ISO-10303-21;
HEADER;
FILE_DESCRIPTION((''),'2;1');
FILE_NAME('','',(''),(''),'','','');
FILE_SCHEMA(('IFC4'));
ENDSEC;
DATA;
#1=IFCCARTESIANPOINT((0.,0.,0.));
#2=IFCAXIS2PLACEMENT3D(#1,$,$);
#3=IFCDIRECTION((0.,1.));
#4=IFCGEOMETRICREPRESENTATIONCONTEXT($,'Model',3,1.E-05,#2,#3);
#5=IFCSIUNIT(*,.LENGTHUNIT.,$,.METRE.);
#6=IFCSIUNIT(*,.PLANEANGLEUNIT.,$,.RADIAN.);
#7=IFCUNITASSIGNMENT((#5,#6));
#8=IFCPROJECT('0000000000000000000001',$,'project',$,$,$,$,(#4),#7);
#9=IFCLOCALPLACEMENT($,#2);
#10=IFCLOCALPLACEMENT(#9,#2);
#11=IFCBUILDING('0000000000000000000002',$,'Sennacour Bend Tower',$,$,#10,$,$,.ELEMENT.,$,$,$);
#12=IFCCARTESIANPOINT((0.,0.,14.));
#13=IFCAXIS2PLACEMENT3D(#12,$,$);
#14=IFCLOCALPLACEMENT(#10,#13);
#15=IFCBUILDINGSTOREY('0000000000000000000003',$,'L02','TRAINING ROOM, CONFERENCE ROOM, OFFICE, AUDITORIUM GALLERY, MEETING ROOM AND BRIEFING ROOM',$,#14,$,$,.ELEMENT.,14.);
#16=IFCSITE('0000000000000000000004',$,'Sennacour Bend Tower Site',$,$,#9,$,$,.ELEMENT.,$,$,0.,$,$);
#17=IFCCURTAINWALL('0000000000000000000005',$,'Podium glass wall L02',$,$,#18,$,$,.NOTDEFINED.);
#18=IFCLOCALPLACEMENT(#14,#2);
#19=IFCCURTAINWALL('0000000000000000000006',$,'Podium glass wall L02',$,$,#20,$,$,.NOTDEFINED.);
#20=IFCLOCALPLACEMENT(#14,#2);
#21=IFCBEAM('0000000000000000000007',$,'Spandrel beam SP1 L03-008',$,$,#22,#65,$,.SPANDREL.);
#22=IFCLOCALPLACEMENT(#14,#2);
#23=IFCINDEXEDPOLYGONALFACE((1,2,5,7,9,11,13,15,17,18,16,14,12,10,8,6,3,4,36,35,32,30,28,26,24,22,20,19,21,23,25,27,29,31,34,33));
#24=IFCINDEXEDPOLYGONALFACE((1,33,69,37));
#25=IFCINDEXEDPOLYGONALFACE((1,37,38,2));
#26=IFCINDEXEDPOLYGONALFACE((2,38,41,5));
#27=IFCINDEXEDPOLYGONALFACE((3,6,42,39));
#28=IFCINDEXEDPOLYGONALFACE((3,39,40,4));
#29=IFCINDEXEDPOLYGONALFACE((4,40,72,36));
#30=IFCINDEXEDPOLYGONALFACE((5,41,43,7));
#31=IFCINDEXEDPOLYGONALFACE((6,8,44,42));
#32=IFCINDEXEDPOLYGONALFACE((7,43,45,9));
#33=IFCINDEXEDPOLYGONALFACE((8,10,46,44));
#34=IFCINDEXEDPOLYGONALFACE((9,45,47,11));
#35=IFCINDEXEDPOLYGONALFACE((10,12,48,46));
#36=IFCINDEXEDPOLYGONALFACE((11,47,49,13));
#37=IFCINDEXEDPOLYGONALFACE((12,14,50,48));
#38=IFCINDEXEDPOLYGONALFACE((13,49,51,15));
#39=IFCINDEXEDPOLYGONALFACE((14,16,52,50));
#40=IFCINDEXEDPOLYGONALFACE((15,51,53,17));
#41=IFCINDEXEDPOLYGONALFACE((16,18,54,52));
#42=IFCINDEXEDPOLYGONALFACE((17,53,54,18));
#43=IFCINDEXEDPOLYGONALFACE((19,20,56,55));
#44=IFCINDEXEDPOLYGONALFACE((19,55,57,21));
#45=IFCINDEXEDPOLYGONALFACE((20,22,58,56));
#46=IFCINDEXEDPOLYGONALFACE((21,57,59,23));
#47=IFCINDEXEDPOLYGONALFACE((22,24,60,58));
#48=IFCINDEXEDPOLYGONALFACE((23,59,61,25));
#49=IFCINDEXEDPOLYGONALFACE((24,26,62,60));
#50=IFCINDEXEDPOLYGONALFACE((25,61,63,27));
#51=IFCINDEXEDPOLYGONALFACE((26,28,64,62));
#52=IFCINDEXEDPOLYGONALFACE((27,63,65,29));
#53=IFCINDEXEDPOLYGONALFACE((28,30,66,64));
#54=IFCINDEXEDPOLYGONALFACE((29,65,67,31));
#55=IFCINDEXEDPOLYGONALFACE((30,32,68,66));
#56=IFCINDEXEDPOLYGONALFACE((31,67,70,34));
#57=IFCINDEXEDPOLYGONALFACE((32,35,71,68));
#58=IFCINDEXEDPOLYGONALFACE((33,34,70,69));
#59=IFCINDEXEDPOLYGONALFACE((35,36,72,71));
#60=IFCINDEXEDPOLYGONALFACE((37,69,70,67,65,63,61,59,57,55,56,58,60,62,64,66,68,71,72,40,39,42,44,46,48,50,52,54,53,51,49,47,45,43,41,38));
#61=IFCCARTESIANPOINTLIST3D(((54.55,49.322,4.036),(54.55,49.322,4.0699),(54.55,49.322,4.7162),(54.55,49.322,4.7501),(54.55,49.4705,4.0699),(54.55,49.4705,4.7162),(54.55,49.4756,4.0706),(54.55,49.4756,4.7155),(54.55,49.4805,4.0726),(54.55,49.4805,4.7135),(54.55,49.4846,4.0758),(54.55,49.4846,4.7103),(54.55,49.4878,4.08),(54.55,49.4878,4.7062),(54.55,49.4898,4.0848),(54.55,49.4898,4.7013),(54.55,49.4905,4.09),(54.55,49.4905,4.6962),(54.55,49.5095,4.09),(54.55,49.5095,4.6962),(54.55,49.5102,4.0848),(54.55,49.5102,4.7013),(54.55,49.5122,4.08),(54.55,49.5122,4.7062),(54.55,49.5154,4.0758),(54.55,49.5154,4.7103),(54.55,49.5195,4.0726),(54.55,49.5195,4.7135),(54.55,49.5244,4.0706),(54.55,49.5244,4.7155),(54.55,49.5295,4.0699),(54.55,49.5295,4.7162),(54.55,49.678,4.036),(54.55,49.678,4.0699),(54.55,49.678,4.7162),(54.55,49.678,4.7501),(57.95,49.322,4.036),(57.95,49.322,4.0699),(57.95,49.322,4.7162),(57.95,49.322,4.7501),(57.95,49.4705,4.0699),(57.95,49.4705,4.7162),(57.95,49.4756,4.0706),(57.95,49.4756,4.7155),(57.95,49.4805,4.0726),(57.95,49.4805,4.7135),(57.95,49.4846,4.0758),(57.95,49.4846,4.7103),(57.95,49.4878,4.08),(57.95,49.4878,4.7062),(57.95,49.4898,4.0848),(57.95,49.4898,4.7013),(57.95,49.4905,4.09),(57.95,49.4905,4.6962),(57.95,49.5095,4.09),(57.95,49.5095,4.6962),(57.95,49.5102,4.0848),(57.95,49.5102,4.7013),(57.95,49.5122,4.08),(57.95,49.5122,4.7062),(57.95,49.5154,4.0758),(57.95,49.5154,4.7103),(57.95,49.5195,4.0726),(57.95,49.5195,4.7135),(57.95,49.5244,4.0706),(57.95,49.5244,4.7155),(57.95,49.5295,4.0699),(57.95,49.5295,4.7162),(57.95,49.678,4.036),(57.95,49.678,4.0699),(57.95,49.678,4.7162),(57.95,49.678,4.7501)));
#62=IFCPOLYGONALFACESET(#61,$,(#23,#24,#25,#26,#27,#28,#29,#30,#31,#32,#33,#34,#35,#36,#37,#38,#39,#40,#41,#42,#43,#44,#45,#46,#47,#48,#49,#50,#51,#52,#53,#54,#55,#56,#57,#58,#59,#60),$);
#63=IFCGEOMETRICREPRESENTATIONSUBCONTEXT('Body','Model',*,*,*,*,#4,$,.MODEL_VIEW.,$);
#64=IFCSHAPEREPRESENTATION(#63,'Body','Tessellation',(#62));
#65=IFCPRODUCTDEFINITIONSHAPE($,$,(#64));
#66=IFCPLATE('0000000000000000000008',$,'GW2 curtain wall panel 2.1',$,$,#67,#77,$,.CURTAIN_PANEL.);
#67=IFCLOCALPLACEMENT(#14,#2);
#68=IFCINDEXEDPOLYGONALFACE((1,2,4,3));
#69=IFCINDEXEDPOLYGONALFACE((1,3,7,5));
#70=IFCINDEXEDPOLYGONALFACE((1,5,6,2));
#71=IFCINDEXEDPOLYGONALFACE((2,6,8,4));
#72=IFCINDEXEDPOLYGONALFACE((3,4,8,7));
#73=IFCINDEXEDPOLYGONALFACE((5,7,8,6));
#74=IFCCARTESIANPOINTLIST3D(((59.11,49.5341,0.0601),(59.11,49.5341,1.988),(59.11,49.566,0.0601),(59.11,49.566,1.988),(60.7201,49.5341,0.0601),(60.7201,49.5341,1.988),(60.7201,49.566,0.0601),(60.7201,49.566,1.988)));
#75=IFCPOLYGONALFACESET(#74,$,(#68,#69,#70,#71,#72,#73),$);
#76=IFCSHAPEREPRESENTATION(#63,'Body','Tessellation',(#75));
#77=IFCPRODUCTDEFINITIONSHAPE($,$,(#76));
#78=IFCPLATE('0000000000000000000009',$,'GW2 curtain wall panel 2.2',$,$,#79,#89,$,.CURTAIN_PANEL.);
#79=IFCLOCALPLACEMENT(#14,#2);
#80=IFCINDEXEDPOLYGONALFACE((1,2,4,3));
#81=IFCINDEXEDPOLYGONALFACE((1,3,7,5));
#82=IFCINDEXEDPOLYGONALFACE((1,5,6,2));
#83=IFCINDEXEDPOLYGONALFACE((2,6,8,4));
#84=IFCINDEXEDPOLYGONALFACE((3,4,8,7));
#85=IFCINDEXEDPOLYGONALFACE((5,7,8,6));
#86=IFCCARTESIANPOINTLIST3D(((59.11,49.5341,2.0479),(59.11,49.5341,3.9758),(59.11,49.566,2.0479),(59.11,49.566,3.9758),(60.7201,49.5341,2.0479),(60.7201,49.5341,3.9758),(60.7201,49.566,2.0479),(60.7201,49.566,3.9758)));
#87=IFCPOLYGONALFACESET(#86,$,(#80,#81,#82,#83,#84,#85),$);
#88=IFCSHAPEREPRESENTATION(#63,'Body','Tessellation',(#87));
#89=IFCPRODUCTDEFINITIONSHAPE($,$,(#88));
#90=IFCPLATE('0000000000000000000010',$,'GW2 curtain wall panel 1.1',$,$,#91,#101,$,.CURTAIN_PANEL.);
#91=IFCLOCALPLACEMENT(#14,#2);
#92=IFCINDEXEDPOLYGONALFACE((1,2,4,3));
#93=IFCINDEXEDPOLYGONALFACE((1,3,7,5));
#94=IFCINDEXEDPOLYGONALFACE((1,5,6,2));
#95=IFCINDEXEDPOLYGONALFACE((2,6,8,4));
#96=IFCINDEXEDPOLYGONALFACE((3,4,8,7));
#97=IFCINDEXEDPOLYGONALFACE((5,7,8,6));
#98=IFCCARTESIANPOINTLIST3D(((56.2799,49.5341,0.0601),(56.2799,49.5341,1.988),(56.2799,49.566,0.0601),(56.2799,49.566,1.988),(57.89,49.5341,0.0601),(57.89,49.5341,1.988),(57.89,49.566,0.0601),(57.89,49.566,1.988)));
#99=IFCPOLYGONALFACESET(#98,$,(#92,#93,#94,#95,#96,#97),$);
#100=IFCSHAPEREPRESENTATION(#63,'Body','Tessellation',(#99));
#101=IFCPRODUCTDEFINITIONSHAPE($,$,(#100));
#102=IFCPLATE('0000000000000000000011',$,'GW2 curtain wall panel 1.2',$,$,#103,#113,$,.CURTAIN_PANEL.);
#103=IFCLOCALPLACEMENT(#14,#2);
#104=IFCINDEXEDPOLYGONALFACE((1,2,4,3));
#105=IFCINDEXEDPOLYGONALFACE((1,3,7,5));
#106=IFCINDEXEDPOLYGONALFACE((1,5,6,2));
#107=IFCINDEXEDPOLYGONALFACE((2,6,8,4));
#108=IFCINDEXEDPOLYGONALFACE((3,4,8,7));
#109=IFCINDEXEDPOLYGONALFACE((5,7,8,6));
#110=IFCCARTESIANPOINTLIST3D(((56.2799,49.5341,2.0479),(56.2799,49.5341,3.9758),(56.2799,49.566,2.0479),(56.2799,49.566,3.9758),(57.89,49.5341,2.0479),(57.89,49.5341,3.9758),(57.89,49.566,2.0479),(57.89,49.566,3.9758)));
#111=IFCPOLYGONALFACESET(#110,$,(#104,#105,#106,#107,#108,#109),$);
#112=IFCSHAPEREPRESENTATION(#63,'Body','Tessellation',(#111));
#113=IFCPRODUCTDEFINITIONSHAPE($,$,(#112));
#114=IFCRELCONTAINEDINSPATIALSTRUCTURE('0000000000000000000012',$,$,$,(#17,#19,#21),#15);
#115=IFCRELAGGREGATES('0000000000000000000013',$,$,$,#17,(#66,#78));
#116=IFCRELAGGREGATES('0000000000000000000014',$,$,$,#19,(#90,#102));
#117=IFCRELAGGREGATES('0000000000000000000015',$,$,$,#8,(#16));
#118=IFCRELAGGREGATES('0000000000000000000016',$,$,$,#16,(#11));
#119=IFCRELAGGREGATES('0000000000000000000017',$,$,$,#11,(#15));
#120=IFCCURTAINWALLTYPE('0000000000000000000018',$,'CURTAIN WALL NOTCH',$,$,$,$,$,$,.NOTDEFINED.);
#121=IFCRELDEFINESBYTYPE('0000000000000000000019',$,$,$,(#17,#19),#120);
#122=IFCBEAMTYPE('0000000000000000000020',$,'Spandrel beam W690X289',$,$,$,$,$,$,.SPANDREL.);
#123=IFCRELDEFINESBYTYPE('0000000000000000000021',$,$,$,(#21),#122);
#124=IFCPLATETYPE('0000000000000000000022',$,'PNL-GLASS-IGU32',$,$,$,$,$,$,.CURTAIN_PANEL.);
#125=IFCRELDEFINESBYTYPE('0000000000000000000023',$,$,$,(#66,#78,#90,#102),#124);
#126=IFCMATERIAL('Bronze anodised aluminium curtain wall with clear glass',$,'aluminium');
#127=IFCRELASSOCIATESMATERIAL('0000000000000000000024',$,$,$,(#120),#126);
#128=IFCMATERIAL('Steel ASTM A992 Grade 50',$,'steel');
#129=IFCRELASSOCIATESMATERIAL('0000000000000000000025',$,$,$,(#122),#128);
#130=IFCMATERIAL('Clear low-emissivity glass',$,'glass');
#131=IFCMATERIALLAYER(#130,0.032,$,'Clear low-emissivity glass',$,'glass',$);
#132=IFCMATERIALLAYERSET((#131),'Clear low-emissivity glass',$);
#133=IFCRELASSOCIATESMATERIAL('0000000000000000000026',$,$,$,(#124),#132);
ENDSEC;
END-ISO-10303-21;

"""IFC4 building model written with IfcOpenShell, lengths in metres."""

from ifc_helpers import new_model, si_unit, direction, frame, origin, origin_2d, place, context, subcontext, project, spatial, rectangle, i_section, extrude, material, layer, layer_set, material_profile, profile_set, type_object, element, aggregate, save


model = new_model("IFC4")

# Units and contexts
model_context = context("Model", 3, precision=1e-05, world=origin(), true_north=direction((0.0, 1.0)))
body_context = subcontext(model_context, "Body", "Model", "MODEL_VIEW")
ifc_project = project(units=[si_unit("LENGTHUNIT", "METRE"), si_unit("PLANEANGLEUNIT", "RADIAN")], contexts=[model_context])

# Site, building, storey
site_placement = place(None, origin())
site = spatial("IfcSite", under=ifc_project, at=site_placement, Name="Sennacour Bend Tower Site", CompositionType="ELEMENT", RefElevation=0.0)
building_placement = place(site_placement, origin())
building = spatial("IfcBuilding", under=site, at=building_placement, Name="Sennacour Bend Tower", CompositionType="ELEMENT")
storey_placement = place(building_placement, frame((0.0, 0.0, 14.0)))
storey = spatial("IfcBuildingStorey", under=building, at=storey_placement, Name="L02", Description="TRAINING ROOM, CONFERENCE ROOM, OFFICE, AUDITORIUM GALLERY, MEETING ROOM AND BRIEFING ROOM", CompositionType="ELEMENT", Elevation=14.0)

# Curtain wall
ifc_material_1 = material(Name="Bronze anodised aluminium curtain wall with clear glass", Category="aluminium")
curtain_wall_type = type_object("IfcCurtainWallType", Name="CURTAIN WALL NOTCH", PredefinedType="NOTDEFINED", material=ifc_material_1)
curtain_wall_1_placement = place(storey_placement, origin())
curtain_wall_1 = element("IfcCurtainWall", 1, at=curtain_wall_1_placement, inside=storey, type_object=curtain_wall_type, Name="Podium glass wall L02", PredefinedType="NOTDEFINED")

# Curtain wall
curtain_wall_2_placement = place(storey_placement, origin())
curtain_wall_2 = element("IfcCurtainWall", 2, at=curtain_wall_2_placement, inside=storey, type_object=curtain_wall_type, Name="Podium glass wall L02", PredefinedType="NOTDEFINED")

# Beam
ifc_material_2 = material(Name="Steel ASTM A992 Grade 50", Category="steel")
ifc_material_profile_1 = material_profile(ifc_material_2, i_section(OverallWidth=0.356, OverallDepth=0.7141, WebThickness=0.019, FlangeThickness=0.0339, FilletRadius=0.02, at=origin_2d()), Name="Steel ASTM A992 Grade 50", Category="steel")
ifc_profile_set_1 = profile_set([ifc_material_profile_1], Name="Steel ASTM A992 Grade 50")
beam_type = type_object("IfcBeamType", Name="Spandrel beam W690X289", PredefinedType="SPANDREL", material=ifc_profile_set_1)
beam_placement = place(storey_placement, frame((57.95, 49.5, 4.3931), z_axis=(-1.0, 0.0, 0.0), x_axis=(0.0, -1.0, 0.0)))
element("IfcBeam", 3, at=beam_placement, inside=storey, type_object=beam_type, Name="Spandrel beam SP1 L03-008", PredefinedType="SPANDREL", context=body_context, shape_type="SweptSolid", body=[
    extrude(i_section(OverallWidth=0.356, OverallDepth=0.7141, WebThickness=0.019, FlangeThickness=0.0339, FilletRadius=0.02, at=origin_2d()), origin(), (0.0, 0.0, 1.0), 3.3999),
])

# Plates
ifc_material_3 = material(Name="Clear low-emissivity glass", Category="glass")
ifc_layer = layer(ifc_material_3, 0.032, Name="Clear low-emissivity glass", Category="glass")
ifc_layer_set = layer_set([ifc_layer], Name="Clear low-emissivity glass")
plate_type = type_object("IfcPlateType", Name="PNL-GLASS-IGU32", PredefinedType="CURTAIN_PANEL", material=ifc_layer_set)
plate_1_placement = place(storey_placement, frame((59.915, 49.55, 0.0601), z_axis=(0.0, 0.0, 1.0), x_axis=(-1.0, 0.0, 0.0)))
plate_1 = element("IfcPlate", 4, at=plate_1_placement, type_object=plate_type, Name="GW2 curtain wall panel 2.1", PredefinedType="CURTAIN_PANEL", context=body_context, shape_type="SweptSolid", body=[
    extrude(rectangle(XDim=1.6101, YDim=0.032, at=origin_2d()), origin(), (0.0, 0.0, 1.0), 1.928),
])
plate_2_placement = place(storey_placement, frame((59.915, 49.55, 2.0479), z_axis=(0.0, 0.0, 1.0), x_axis=(-1.0, 0.0, 0.0)))
plate_2 = element("IfcPlate", 5, at=plate_2_placement, type_object=plate_type, Name="GW2 curtain wall panel 2.2", PredefinedType="CURTAIN_PANEL", context=body_context, shape_type="SweptSolid", body=[
    extrude(rectangle(XDim=1.6101, YDim=0.032, at=origin_2d()), origin(), (0.0, 0.0, 1.0), 1.928),
])
aggregate(curtain_wall_1, [plate_1, plate_2])
plate_3_placement = place(storey_placement, frame((57.085, 49.55, 0.0601), z_axis=(0.0, 0.0, 1.0), x_axis=(-1.0, 0.0, 0.0)))
plate_3 = element("IfcPlate", 6, at=plate_3_placement, type_object=plate_type, Name="GW2 curtain wall panel 1.1", PredefinedType="CURTAIN_PANEL", context=body_context, shape_type="SweptSolid", body=[
    extrude(rectangle(XDim=1.6101, YDim=0.032, at=origin_2d()), origin(), (0.0, 0.0, 1.0), 1.928),
])
plate_4_placement = place(storey_placement, frame((57.085, 49.55, 2.0479), z_axis=(0.0, 0.0, 1.0), x_axis=(-1.0, 0.0, 0.0)))
plate_4 = element("IfcPlate", 7, at=plate_4_placement, type_object=plate_type, Name="GW2 curtain wall panel 1.2", PredefinedType="CURTAIN_PANEL", context=body_context, shape_type="SweptSolid", body=[
    extrude(rectangle(XDim=1.6101, YDim=0.032, at=origin_2d()), origin(), (0.0, 0.0, 1.0), 1.928),
])
aggregate(curtain_wall_2, [plate_3, plate_4])

save(model, "model.ifc")
